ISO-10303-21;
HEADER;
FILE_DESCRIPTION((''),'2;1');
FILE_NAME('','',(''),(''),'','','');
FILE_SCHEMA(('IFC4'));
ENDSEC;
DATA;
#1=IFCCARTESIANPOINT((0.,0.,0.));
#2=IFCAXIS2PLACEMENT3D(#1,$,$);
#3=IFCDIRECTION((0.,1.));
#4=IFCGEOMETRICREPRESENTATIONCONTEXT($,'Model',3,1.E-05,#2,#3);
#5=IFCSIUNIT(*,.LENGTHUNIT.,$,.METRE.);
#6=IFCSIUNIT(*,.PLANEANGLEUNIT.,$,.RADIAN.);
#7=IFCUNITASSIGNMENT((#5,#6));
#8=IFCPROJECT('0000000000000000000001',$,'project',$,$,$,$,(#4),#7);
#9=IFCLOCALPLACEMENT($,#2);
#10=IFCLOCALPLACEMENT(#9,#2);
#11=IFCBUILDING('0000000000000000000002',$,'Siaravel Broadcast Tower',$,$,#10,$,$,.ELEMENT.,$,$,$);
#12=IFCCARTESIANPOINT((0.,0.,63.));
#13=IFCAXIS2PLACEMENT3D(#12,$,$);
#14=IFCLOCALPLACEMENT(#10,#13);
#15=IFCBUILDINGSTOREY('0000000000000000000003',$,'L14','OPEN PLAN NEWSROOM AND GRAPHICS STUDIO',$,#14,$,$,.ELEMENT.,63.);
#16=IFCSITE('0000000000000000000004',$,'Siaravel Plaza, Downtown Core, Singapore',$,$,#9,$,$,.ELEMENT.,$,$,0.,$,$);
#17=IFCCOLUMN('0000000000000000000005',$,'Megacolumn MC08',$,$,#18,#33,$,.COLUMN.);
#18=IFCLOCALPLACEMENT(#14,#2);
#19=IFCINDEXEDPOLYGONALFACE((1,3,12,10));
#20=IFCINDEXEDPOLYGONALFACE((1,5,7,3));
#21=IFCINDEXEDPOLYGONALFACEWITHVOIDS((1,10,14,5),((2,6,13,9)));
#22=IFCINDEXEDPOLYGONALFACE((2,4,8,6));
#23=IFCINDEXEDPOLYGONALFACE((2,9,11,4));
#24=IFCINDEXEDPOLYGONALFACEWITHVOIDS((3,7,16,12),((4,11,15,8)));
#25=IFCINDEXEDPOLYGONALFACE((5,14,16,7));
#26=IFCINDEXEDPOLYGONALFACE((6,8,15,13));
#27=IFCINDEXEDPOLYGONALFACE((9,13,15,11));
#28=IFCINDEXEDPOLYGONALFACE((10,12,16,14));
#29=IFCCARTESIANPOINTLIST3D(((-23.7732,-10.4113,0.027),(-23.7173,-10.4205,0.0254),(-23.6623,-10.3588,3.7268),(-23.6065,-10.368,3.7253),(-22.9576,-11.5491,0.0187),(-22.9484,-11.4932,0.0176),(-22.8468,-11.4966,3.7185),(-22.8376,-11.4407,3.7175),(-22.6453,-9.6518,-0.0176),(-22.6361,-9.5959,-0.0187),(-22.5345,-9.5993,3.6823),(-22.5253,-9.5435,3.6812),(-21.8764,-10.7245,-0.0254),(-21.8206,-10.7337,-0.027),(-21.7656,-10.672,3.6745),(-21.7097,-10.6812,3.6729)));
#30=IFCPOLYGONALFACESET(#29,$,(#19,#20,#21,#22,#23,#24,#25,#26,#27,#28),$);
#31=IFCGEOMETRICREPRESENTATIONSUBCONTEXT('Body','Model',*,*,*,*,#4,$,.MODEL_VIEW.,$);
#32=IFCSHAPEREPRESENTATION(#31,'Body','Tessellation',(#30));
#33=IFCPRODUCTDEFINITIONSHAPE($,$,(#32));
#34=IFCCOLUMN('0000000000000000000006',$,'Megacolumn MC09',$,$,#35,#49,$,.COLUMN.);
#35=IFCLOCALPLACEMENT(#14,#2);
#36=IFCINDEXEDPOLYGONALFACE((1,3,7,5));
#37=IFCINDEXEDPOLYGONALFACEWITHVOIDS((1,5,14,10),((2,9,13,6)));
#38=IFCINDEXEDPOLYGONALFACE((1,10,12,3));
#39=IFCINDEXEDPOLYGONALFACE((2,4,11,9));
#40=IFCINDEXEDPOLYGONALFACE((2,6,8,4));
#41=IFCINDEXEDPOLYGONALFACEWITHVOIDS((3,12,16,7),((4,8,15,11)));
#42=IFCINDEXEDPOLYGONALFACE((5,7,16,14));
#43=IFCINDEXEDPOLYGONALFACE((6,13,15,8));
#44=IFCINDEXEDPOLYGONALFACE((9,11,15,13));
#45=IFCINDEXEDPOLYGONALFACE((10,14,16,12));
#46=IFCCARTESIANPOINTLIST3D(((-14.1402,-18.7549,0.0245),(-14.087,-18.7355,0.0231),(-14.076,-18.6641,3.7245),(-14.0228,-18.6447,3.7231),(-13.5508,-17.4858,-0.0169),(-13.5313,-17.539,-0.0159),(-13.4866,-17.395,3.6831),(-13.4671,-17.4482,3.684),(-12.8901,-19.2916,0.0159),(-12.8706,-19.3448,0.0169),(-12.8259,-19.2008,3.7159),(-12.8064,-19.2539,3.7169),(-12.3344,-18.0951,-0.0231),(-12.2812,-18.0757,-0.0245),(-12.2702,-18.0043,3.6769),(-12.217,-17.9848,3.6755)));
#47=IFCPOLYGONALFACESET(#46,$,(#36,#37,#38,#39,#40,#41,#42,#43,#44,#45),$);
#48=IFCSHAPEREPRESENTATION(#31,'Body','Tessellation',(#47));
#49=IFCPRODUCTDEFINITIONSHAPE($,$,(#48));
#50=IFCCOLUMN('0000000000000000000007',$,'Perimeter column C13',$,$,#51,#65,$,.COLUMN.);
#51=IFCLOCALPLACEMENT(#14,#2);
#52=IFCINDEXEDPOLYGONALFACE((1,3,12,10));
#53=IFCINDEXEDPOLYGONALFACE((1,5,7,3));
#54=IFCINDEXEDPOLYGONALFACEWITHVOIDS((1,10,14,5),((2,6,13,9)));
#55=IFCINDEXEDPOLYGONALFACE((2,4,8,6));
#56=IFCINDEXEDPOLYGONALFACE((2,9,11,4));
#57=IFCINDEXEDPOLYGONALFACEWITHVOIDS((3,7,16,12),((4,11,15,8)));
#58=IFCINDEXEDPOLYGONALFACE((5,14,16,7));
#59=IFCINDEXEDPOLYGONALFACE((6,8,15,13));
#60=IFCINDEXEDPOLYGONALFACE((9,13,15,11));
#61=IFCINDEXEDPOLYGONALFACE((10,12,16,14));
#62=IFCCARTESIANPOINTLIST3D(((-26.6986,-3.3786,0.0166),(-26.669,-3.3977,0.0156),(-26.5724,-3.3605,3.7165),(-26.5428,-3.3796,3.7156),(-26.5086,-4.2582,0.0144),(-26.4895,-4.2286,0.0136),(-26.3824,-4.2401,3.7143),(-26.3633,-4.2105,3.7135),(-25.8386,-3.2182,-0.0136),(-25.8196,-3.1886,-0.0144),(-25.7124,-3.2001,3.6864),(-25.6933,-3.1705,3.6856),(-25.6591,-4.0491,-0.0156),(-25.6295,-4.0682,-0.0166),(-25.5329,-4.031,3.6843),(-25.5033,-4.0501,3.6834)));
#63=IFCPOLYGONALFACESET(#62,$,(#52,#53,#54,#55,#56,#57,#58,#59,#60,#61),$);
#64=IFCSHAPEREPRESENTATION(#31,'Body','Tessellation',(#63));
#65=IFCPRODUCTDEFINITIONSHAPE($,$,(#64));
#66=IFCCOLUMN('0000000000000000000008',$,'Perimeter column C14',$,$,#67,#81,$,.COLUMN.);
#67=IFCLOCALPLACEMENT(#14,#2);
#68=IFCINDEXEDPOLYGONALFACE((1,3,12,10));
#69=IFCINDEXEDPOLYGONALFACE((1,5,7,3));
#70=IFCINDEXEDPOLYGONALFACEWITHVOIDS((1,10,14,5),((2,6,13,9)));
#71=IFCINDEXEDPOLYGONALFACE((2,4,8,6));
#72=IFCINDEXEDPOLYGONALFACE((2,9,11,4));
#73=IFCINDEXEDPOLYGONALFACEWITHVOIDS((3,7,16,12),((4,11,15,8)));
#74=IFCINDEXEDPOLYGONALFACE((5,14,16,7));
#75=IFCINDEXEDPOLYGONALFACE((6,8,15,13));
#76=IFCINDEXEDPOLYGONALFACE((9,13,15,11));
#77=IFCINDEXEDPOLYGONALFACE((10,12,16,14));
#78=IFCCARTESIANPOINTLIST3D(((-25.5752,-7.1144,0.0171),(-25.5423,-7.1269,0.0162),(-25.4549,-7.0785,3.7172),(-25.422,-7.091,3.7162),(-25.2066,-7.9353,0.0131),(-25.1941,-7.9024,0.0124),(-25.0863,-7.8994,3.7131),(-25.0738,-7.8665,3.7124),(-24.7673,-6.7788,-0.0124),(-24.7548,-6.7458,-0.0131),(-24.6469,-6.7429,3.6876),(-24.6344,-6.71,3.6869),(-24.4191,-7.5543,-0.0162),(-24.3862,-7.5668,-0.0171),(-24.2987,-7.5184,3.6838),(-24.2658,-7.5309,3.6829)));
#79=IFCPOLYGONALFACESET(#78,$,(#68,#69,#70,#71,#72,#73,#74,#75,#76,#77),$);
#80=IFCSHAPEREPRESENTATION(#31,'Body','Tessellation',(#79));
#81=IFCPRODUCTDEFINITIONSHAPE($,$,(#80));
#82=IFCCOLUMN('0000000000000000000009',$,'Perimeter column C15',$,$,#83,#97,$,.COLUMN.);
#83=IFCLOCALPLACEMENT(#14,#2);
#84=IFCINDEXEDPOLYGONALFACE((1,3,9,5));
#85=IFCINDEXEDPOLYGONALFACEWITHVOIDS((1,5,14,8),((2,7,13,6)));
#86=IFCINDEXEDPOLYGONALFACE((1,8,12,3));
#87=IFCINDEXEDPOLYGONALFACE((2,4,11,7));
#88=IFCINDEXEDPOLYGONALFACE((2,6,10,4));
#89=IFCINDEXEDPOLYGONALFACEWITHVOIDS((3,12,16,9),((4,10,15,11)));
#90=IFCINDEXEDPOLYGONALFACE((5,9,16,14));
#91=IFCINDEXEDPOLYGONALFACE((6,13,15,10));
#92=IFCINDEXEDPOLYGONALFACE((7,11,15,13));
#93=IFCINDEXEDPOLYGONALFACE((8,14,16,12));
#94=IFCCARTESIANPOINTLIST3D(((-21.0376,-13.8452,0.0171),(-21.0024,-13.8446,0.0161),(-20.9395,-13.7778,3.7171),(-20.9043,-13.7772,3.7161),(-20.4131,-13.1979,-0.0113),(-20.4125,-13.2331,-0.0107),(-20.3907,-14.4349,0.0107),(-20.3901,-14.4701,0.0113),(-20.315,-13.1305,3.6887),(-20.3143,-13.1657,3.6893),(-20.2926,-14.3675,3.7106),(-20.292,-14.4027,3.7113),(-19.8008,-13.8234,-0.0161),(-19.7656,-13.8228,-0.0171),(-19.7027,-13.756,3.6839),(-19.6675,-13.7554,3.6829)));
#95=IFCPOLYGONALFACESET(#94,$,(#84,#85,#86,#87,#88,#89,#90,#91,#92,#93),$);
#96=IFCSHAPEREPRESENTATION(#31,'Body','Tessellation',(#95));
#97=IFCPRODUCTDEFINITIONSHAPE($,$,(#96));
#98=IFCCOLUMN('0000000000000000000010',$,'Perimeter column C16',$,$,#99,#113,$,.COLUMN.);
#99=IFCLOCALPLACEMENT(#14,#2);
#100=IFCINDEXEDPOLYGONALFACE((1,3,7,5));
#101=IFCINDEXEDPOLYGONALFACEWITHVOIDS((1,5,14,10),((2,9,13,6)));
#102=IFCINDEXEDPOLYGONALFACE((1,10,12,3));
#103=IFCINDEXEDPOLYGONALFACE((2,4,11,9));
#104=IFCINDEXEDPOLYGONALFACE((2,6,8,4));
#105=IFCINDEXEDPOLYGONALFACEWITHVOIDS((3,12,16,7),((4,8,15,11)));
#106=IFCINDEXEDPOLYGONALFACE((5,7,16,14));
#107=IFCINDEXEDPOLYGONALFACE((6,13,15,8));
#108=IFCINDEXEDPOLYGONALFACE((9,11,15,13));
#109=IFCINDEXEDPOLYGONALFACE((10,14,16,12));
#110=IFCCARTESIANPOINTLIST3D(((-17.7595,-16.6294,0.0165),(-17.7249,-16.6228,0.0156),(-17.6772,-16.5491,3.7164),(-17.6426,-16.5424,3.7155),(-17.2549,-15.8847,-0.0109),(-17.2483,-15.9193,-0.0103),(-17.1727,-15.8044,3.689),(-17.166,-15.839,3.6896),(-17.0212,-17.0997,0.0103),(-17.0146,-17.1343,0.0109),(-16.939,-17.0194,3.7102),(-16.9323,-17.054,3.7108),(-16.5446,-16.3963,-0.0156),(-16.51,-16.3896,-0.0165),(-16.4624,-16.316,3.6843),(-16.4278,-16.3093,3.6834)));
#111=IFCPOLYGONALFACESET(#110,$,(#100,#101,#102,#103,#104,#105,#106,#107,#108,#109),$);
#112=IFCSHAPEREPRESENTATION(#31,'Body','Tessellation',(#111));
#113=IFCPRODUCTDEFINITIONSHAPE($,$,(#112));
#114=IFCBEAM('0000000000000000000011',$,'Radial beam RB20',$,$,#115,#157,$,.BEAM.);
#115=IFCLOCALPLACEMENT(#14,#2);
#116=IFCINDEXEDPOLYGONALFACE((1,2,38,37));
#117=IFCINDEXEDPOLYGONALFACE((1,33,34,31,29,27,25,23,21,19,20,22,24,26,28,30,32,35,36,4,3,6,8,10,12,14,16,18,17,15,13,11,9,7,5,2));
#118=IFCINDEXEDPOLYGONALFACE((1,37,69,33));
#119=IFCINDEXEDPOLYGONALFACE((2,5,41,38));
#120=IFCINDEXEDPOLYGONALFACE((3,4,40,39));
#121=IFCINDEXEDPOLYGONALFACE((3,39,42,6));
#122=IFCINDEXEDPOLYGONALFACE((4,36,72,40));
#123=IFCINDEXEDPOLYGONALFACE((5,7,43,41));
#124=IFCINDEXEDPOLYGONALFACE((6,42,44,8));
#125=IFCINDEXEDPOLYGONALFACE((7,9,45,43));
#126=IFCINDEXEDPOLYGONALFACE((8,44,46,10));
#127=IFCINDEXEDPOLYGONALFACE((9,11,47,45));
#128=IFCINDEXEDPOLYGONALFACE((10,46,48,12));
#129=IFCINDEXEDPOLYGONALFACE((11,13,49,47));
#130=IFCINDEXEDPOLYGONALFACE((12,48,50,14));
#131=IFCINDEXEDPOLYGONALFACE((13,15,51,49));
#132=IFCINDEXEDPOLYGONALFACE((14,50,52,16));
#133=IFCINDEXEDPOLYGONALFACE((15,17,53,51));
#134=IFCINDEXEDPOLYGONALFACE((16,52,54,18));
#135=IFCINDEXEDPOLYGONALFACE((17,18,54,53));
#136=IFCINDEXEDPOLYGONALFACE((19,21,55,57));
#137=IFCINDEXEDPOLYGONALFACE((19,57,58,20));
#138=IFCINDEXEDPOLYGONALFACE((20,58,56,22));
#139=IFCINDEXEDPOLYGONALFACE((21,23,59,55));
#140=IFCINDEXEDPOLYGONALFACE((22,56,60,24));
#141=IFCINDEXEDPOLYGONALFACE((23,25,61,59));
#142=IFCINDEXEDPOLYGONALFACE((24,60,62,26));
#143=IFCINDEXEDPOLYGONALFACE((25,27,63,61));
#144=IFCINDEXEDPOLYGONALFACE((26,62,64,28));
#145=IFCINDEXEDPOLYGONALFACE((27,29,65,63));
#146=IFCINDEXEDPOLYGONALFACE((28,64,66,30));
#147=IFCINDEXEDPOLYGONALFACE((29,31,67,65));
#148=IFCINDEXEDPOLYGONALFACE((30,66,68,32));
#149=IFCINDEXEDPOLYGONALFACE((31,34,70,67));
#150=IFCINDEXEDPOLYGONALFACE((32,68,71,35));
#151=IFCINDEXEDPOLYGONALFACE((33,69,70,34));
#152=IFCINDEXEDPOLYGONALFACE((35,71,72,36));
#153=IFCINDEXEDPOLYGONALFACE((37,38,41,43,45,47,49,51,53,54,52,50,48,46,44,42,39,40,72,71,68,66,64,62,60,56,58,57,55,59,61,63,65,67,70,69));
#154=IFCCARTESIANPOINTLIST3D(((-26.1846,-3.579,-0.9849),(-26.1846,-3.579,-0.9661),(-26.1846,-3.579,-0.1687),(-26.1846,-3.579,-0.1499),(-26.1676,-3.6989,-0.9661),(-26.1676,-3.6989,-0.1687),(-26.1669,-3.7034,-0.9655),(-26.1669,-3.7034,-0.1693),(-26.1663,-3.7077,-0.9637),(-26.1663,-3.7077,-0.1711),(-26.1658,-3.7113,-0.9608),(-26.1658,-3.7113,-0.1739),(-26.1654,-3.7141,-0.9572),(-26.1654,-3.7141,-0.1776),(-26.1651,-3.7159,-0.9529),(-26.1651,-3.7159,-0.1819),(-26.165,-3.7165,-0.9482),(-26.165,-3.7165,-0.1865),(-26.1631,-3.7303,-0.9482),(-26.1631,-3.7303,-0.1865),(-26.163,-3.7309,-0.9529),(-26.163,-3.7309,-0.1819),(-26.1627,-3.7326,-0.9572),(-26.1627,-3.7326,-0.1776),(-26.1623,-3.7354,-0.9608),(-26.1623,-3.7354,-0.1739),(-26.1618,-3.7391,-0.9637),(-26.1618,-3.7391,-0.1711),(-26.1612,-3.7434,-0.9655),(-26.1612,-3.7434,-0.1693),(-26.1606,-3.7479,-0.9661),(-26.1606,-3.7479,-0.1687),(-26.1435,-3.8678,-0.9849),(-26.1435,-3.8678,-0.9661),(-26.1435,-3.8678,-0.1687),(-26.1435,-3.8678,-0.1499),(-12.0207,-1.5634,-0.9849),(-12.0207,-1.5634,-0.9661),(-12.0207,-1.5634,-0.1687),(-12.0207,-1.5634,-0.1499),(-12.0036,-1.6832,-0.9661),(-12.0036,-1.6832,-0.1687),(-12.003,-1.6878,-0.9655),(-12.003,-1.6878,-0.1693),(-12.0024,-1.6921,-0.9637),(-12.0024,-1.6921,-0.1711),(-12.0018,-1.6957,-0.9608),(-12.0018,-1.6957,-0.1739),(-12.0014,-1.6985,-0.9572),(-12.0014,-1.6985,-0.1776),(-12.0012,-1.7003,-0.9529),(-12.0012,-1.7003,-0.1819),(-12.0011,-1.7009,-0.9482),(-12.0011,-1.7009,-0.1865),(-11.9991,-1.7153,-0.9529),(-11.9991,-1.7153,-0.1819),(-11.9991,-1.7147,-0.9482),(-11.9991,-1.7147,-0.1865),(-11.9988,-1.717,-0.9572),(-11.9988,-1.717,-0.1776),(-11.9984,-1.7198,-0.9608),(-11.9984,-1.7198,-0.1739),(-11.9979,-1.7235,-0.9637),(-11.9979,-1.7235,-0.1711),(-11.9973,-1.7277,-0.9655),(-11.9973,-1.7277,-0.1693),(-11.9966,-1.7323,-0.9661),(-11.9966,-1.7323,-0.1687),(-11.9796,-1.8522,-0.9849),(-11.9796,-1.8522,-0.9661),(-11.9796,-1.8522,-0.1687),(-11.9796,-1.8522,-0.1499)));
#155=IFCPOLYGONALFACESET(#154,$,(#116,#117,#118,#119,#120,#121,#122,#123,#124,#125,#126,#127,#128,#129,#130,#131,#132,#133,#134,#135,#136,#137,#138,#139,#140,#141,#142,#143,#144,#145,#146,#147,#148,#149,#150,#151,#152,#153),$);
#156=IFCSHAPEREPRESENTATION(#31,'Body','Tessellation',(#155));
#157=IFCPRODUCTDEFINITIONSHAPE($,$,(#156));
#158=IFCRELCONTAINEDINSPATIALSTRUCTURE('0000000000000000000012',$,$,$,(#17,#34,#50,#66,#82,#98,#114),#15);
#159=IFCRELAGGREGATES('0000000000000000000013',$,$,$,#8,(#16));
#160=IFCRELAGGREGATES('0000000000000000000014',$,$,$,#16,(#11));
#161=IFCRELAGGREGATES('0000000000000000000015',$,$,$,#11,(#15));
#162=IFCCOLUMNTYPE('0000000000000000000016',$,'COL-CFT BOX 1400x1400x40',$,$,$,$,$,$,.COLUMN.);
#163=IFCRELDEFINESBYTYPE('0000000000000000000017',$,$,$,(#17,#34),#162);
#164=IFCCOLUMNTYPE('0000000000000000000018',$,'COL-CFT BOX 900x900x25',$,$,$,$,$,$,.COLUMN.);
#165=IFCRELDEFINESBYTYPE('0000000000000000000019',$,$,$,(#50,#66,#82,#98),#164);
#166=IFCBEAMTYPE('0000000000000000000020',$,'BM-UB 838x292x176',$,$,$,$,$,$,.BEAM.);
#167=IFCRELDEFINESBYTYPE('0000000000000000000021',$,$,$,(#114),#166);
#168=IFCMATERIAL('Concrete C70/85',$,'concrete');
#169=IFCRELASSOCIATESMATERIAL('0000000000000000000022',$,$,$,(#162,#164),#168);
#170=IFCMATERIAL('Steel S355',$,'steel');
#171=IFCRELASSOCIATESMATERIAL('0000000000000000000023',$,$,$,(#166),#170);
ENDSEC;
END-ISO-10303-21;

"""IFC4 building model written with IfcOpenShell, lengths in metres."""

from ifc_helpers import new_model, si_unit, direction, frame, origin, origin_2d, place, context, subcontext, project, spatial, hollow_rectangle, i_section, extrude, material, material_profile, profile_set, type_object, element, save


model = new_model("IFC4")

# Units and contexts
model_context = context("Model", 3, precision=1e-05, world=origin(), true_north=direction((0.0, 1.0)))
body_context = subcontext(model_context, "Body", "Model", "MODEL_VIEW")
ifc_project = project(units=[si_unit("LENGTHUNIT", "METRE"), si_unit("PLANEANGLEUNIT", "RADIAN")], contexts=[model_context])

# Site, building, storey
site_placement = place(None, origin())
site = spatial("IfcSite", under=ifc_project, at=site_placement, Name="Siaravel Plaza, Downtown Core, Singapore", CompositionType="ELEMENT", RefElevation=0.0)
building_placement = place(site_placement, origin())
building = spatial("IfcBuilding", under=site, at=building_placement, Name="Siaravel Broadcast Tower", CompositionType="ELEMENT")
storey_placement = place(building_placement, frame((0.0, 0.0, 63.0)))
storey = spatial("IfcBuildingStorey", under=building, at=storey_placement, Name="L14", Description="OPEN PLAN NEWSROOM AND GRAPHICS STUDIO", CompositionType="ELEMENT", Elevation=63.0)

# Columns
ifc_material_1 = material(Name="Concrete C70/85", Category="concrete")
ifc_material_profile_1 = material_profile(ifc_material_1, hollow_rectangle(XDim=1.3999, YDim=1.3999, WallThickness=0.04, at=origin_2d()))
ifc_profile_set_1 = profile_set([ifc_material_profile_1], Name="Concrete C70/85")
column_type_1 = type_object("IfcColumnType", Name="COL-CFT BOX 1400x1400x40", PredefinedType="COLUMN", material=ifc_profile_set_1)
column_1_placement = place(storey_placement, frame((-22.7969, -10.5725, 0.0), z_axis=(0.029941, 0.014179, 0.999451), x_axis=(-0.582584, 0.812749, 0.005922)))
element("IfcColumn", 1, at=column_1_placement, inside=storey, type_object=column_type_1, Name="Megacolumn MC08", PredefinedType="COLUMN", context=body_context, shape_type="SweptSolid", body=[
    extrude(hollow_rectangle(XDim=1.3999, YDim=1.3999, WallThickness=0.04, at=origin_2d()), origin(), (0.0, 0.0, 1.0), 3.7019),
])
column_2_placement = place(storey_placement, frame((-13.2107, -18.4153, 0.0), z_axis=(0.017346, 0.024535, 0.999548), x_axis=(-0.90688, 0.421354, 0.005395)))
element("IfcColumn", 2, at=column_2_placement, inside=storey, type_object=column_type_1, Name="Megacolumn MC09", PredefinedType="COLUMN", context=body_context, shape_type="SweptSolid", body=[
    extrude(hollow_rectangle(XDim=1.3999, YDim=1.3999, WallThickness=0.04, at=origin_2d()), origin(), (0.0, 0.0, 1.0), 3.7017),
])
ifc_material_profile_2 = material_profile(ifc_material_1, hollow_rectangle(XDim=0.8999, YDim=0.8999, WallThickness=0.0249, at=origin_2d()))
ifc_profile_set_2 = profile_set([ifc_material_profile_2], Name="Concrete C70/85")
column_type_2 = type_object("IfcColumnType", Name="COL-CFT BOX 900x900x25", PredefinedType="COLUMN", material=ifc_profile_set_2)
for number, where, z_axis, x_axis, name in (
    (3, (-26.1641, -3.7234, 0.0), (0.034094, 0.00488, 0.999407), (-0.211191, 0.977442, 0.002432), "Perimeter column C13"),
    (4, (-24.9807, -7.3406, 0.0), (0.032512, 0.009694, 0.999424), (-0.409615, 0.912247, 0.004476), "Perimeter column C14"),
):
    element("IfcColumn", number, at=place(storey_placement, frame(where, z_axis=z_axis, x_axis=x_axis)), inside=storey, type_object=column_type_2, Name=name, PredefinedType="COLUMN", context=body_context, shape_type="SweptSolid", body=[
        extrude(hollow_rectangle(XDim=0.8999, YDim=0.8999, WallThickness=0.0249, at=origin_2d()), origin(), (0.0, 0.0, 1.0), 3.7021),
    ])
column_3_placement = place(storey_placement, frame((-20.4016, -13.834, 0.0), z_axis=(0.026512, 0.018202, 0.999483), x_axis=(-0.719524, 0.694438, 0.006439)))
element("IfcColumn", 5, at=column_3_placement, inside=storey, type_object=column_type_2, Name="Perimeter column C15", PredefinedType="COLUMN", context=body_context, shape_type="SweptSolid", body=[
    extrude(hollow_rectangle(XDim=0.8999, YDim=0.8999, WallThickness=0.0249, at=origin_2d()), origin(), (0.0, 0.0, 1.0), 3.7019),
])
column_4_placement = place(storey_placement, frame((-17.1348, -16.5095, 0.0), z_axis=(0.022226, 0.021699, 0.999517), x_axis=(-0.827744, 0.561071, 0.006226)))
element("IfcColumn", 6, at=column_4_placement, inside=storey, type_object=column_type_2, Name="Perimeter column C16", PredefinedType="COLUMN", context=body_context, shape_type="SweptSolid", body=[
    extrude(hollow_rectangle(XDim=0.8999, YDim=0.8999, WallThickness=0.0249, at=origin_2d()), origin(), (0.0, 0.0, 1.0), 3.7017),
])

# Beam
ifc_material_2 = material(Name="Steel S355", Category="steel")
ifc_material_profile_3 = material_profile(ifc_material_2, i_section(OverallWidth=0.2917, OverallDepth=0.835, WebThickness=0.0139, FlangeThickness=0.0188, FilletRadius=0.0178, at=origin_2d()))
ifc_profile_set_3 = profile_set([ifc_material_profile_3], Name="Steel S355")
beam_type = type_object("IfcBeamType", Name="BM-UB 838x292x176", PredefinedType="BEAM", material=ifc_profile_set_3)
beam_1_placement = place(storey_placement, frame((-26.1641, -3.7234, -0.5674), z_axis=(0.990026, 0.140886, 0.0), x_axis=(-0.140886, 0.990026, 0.0)))
element("IfcBeam", 7, at=beam_1_placement, inside=storey, type_object=beam_type, Name="Radial beam RB20", PredefinedType="BEAM", context=body_context, shape_type="SweptSolid", body=[
    extrude(i_section(OverallWidth=0.2917, OverallDepth=0.835, WebThickness=0.0139, FlangeThickness=0.0188, FilletRadius=0.0178, at=origin_2d()), origin(), (0.0, 0.0, 1.0), 14.3066),
])

save(model, "model.ifc")
